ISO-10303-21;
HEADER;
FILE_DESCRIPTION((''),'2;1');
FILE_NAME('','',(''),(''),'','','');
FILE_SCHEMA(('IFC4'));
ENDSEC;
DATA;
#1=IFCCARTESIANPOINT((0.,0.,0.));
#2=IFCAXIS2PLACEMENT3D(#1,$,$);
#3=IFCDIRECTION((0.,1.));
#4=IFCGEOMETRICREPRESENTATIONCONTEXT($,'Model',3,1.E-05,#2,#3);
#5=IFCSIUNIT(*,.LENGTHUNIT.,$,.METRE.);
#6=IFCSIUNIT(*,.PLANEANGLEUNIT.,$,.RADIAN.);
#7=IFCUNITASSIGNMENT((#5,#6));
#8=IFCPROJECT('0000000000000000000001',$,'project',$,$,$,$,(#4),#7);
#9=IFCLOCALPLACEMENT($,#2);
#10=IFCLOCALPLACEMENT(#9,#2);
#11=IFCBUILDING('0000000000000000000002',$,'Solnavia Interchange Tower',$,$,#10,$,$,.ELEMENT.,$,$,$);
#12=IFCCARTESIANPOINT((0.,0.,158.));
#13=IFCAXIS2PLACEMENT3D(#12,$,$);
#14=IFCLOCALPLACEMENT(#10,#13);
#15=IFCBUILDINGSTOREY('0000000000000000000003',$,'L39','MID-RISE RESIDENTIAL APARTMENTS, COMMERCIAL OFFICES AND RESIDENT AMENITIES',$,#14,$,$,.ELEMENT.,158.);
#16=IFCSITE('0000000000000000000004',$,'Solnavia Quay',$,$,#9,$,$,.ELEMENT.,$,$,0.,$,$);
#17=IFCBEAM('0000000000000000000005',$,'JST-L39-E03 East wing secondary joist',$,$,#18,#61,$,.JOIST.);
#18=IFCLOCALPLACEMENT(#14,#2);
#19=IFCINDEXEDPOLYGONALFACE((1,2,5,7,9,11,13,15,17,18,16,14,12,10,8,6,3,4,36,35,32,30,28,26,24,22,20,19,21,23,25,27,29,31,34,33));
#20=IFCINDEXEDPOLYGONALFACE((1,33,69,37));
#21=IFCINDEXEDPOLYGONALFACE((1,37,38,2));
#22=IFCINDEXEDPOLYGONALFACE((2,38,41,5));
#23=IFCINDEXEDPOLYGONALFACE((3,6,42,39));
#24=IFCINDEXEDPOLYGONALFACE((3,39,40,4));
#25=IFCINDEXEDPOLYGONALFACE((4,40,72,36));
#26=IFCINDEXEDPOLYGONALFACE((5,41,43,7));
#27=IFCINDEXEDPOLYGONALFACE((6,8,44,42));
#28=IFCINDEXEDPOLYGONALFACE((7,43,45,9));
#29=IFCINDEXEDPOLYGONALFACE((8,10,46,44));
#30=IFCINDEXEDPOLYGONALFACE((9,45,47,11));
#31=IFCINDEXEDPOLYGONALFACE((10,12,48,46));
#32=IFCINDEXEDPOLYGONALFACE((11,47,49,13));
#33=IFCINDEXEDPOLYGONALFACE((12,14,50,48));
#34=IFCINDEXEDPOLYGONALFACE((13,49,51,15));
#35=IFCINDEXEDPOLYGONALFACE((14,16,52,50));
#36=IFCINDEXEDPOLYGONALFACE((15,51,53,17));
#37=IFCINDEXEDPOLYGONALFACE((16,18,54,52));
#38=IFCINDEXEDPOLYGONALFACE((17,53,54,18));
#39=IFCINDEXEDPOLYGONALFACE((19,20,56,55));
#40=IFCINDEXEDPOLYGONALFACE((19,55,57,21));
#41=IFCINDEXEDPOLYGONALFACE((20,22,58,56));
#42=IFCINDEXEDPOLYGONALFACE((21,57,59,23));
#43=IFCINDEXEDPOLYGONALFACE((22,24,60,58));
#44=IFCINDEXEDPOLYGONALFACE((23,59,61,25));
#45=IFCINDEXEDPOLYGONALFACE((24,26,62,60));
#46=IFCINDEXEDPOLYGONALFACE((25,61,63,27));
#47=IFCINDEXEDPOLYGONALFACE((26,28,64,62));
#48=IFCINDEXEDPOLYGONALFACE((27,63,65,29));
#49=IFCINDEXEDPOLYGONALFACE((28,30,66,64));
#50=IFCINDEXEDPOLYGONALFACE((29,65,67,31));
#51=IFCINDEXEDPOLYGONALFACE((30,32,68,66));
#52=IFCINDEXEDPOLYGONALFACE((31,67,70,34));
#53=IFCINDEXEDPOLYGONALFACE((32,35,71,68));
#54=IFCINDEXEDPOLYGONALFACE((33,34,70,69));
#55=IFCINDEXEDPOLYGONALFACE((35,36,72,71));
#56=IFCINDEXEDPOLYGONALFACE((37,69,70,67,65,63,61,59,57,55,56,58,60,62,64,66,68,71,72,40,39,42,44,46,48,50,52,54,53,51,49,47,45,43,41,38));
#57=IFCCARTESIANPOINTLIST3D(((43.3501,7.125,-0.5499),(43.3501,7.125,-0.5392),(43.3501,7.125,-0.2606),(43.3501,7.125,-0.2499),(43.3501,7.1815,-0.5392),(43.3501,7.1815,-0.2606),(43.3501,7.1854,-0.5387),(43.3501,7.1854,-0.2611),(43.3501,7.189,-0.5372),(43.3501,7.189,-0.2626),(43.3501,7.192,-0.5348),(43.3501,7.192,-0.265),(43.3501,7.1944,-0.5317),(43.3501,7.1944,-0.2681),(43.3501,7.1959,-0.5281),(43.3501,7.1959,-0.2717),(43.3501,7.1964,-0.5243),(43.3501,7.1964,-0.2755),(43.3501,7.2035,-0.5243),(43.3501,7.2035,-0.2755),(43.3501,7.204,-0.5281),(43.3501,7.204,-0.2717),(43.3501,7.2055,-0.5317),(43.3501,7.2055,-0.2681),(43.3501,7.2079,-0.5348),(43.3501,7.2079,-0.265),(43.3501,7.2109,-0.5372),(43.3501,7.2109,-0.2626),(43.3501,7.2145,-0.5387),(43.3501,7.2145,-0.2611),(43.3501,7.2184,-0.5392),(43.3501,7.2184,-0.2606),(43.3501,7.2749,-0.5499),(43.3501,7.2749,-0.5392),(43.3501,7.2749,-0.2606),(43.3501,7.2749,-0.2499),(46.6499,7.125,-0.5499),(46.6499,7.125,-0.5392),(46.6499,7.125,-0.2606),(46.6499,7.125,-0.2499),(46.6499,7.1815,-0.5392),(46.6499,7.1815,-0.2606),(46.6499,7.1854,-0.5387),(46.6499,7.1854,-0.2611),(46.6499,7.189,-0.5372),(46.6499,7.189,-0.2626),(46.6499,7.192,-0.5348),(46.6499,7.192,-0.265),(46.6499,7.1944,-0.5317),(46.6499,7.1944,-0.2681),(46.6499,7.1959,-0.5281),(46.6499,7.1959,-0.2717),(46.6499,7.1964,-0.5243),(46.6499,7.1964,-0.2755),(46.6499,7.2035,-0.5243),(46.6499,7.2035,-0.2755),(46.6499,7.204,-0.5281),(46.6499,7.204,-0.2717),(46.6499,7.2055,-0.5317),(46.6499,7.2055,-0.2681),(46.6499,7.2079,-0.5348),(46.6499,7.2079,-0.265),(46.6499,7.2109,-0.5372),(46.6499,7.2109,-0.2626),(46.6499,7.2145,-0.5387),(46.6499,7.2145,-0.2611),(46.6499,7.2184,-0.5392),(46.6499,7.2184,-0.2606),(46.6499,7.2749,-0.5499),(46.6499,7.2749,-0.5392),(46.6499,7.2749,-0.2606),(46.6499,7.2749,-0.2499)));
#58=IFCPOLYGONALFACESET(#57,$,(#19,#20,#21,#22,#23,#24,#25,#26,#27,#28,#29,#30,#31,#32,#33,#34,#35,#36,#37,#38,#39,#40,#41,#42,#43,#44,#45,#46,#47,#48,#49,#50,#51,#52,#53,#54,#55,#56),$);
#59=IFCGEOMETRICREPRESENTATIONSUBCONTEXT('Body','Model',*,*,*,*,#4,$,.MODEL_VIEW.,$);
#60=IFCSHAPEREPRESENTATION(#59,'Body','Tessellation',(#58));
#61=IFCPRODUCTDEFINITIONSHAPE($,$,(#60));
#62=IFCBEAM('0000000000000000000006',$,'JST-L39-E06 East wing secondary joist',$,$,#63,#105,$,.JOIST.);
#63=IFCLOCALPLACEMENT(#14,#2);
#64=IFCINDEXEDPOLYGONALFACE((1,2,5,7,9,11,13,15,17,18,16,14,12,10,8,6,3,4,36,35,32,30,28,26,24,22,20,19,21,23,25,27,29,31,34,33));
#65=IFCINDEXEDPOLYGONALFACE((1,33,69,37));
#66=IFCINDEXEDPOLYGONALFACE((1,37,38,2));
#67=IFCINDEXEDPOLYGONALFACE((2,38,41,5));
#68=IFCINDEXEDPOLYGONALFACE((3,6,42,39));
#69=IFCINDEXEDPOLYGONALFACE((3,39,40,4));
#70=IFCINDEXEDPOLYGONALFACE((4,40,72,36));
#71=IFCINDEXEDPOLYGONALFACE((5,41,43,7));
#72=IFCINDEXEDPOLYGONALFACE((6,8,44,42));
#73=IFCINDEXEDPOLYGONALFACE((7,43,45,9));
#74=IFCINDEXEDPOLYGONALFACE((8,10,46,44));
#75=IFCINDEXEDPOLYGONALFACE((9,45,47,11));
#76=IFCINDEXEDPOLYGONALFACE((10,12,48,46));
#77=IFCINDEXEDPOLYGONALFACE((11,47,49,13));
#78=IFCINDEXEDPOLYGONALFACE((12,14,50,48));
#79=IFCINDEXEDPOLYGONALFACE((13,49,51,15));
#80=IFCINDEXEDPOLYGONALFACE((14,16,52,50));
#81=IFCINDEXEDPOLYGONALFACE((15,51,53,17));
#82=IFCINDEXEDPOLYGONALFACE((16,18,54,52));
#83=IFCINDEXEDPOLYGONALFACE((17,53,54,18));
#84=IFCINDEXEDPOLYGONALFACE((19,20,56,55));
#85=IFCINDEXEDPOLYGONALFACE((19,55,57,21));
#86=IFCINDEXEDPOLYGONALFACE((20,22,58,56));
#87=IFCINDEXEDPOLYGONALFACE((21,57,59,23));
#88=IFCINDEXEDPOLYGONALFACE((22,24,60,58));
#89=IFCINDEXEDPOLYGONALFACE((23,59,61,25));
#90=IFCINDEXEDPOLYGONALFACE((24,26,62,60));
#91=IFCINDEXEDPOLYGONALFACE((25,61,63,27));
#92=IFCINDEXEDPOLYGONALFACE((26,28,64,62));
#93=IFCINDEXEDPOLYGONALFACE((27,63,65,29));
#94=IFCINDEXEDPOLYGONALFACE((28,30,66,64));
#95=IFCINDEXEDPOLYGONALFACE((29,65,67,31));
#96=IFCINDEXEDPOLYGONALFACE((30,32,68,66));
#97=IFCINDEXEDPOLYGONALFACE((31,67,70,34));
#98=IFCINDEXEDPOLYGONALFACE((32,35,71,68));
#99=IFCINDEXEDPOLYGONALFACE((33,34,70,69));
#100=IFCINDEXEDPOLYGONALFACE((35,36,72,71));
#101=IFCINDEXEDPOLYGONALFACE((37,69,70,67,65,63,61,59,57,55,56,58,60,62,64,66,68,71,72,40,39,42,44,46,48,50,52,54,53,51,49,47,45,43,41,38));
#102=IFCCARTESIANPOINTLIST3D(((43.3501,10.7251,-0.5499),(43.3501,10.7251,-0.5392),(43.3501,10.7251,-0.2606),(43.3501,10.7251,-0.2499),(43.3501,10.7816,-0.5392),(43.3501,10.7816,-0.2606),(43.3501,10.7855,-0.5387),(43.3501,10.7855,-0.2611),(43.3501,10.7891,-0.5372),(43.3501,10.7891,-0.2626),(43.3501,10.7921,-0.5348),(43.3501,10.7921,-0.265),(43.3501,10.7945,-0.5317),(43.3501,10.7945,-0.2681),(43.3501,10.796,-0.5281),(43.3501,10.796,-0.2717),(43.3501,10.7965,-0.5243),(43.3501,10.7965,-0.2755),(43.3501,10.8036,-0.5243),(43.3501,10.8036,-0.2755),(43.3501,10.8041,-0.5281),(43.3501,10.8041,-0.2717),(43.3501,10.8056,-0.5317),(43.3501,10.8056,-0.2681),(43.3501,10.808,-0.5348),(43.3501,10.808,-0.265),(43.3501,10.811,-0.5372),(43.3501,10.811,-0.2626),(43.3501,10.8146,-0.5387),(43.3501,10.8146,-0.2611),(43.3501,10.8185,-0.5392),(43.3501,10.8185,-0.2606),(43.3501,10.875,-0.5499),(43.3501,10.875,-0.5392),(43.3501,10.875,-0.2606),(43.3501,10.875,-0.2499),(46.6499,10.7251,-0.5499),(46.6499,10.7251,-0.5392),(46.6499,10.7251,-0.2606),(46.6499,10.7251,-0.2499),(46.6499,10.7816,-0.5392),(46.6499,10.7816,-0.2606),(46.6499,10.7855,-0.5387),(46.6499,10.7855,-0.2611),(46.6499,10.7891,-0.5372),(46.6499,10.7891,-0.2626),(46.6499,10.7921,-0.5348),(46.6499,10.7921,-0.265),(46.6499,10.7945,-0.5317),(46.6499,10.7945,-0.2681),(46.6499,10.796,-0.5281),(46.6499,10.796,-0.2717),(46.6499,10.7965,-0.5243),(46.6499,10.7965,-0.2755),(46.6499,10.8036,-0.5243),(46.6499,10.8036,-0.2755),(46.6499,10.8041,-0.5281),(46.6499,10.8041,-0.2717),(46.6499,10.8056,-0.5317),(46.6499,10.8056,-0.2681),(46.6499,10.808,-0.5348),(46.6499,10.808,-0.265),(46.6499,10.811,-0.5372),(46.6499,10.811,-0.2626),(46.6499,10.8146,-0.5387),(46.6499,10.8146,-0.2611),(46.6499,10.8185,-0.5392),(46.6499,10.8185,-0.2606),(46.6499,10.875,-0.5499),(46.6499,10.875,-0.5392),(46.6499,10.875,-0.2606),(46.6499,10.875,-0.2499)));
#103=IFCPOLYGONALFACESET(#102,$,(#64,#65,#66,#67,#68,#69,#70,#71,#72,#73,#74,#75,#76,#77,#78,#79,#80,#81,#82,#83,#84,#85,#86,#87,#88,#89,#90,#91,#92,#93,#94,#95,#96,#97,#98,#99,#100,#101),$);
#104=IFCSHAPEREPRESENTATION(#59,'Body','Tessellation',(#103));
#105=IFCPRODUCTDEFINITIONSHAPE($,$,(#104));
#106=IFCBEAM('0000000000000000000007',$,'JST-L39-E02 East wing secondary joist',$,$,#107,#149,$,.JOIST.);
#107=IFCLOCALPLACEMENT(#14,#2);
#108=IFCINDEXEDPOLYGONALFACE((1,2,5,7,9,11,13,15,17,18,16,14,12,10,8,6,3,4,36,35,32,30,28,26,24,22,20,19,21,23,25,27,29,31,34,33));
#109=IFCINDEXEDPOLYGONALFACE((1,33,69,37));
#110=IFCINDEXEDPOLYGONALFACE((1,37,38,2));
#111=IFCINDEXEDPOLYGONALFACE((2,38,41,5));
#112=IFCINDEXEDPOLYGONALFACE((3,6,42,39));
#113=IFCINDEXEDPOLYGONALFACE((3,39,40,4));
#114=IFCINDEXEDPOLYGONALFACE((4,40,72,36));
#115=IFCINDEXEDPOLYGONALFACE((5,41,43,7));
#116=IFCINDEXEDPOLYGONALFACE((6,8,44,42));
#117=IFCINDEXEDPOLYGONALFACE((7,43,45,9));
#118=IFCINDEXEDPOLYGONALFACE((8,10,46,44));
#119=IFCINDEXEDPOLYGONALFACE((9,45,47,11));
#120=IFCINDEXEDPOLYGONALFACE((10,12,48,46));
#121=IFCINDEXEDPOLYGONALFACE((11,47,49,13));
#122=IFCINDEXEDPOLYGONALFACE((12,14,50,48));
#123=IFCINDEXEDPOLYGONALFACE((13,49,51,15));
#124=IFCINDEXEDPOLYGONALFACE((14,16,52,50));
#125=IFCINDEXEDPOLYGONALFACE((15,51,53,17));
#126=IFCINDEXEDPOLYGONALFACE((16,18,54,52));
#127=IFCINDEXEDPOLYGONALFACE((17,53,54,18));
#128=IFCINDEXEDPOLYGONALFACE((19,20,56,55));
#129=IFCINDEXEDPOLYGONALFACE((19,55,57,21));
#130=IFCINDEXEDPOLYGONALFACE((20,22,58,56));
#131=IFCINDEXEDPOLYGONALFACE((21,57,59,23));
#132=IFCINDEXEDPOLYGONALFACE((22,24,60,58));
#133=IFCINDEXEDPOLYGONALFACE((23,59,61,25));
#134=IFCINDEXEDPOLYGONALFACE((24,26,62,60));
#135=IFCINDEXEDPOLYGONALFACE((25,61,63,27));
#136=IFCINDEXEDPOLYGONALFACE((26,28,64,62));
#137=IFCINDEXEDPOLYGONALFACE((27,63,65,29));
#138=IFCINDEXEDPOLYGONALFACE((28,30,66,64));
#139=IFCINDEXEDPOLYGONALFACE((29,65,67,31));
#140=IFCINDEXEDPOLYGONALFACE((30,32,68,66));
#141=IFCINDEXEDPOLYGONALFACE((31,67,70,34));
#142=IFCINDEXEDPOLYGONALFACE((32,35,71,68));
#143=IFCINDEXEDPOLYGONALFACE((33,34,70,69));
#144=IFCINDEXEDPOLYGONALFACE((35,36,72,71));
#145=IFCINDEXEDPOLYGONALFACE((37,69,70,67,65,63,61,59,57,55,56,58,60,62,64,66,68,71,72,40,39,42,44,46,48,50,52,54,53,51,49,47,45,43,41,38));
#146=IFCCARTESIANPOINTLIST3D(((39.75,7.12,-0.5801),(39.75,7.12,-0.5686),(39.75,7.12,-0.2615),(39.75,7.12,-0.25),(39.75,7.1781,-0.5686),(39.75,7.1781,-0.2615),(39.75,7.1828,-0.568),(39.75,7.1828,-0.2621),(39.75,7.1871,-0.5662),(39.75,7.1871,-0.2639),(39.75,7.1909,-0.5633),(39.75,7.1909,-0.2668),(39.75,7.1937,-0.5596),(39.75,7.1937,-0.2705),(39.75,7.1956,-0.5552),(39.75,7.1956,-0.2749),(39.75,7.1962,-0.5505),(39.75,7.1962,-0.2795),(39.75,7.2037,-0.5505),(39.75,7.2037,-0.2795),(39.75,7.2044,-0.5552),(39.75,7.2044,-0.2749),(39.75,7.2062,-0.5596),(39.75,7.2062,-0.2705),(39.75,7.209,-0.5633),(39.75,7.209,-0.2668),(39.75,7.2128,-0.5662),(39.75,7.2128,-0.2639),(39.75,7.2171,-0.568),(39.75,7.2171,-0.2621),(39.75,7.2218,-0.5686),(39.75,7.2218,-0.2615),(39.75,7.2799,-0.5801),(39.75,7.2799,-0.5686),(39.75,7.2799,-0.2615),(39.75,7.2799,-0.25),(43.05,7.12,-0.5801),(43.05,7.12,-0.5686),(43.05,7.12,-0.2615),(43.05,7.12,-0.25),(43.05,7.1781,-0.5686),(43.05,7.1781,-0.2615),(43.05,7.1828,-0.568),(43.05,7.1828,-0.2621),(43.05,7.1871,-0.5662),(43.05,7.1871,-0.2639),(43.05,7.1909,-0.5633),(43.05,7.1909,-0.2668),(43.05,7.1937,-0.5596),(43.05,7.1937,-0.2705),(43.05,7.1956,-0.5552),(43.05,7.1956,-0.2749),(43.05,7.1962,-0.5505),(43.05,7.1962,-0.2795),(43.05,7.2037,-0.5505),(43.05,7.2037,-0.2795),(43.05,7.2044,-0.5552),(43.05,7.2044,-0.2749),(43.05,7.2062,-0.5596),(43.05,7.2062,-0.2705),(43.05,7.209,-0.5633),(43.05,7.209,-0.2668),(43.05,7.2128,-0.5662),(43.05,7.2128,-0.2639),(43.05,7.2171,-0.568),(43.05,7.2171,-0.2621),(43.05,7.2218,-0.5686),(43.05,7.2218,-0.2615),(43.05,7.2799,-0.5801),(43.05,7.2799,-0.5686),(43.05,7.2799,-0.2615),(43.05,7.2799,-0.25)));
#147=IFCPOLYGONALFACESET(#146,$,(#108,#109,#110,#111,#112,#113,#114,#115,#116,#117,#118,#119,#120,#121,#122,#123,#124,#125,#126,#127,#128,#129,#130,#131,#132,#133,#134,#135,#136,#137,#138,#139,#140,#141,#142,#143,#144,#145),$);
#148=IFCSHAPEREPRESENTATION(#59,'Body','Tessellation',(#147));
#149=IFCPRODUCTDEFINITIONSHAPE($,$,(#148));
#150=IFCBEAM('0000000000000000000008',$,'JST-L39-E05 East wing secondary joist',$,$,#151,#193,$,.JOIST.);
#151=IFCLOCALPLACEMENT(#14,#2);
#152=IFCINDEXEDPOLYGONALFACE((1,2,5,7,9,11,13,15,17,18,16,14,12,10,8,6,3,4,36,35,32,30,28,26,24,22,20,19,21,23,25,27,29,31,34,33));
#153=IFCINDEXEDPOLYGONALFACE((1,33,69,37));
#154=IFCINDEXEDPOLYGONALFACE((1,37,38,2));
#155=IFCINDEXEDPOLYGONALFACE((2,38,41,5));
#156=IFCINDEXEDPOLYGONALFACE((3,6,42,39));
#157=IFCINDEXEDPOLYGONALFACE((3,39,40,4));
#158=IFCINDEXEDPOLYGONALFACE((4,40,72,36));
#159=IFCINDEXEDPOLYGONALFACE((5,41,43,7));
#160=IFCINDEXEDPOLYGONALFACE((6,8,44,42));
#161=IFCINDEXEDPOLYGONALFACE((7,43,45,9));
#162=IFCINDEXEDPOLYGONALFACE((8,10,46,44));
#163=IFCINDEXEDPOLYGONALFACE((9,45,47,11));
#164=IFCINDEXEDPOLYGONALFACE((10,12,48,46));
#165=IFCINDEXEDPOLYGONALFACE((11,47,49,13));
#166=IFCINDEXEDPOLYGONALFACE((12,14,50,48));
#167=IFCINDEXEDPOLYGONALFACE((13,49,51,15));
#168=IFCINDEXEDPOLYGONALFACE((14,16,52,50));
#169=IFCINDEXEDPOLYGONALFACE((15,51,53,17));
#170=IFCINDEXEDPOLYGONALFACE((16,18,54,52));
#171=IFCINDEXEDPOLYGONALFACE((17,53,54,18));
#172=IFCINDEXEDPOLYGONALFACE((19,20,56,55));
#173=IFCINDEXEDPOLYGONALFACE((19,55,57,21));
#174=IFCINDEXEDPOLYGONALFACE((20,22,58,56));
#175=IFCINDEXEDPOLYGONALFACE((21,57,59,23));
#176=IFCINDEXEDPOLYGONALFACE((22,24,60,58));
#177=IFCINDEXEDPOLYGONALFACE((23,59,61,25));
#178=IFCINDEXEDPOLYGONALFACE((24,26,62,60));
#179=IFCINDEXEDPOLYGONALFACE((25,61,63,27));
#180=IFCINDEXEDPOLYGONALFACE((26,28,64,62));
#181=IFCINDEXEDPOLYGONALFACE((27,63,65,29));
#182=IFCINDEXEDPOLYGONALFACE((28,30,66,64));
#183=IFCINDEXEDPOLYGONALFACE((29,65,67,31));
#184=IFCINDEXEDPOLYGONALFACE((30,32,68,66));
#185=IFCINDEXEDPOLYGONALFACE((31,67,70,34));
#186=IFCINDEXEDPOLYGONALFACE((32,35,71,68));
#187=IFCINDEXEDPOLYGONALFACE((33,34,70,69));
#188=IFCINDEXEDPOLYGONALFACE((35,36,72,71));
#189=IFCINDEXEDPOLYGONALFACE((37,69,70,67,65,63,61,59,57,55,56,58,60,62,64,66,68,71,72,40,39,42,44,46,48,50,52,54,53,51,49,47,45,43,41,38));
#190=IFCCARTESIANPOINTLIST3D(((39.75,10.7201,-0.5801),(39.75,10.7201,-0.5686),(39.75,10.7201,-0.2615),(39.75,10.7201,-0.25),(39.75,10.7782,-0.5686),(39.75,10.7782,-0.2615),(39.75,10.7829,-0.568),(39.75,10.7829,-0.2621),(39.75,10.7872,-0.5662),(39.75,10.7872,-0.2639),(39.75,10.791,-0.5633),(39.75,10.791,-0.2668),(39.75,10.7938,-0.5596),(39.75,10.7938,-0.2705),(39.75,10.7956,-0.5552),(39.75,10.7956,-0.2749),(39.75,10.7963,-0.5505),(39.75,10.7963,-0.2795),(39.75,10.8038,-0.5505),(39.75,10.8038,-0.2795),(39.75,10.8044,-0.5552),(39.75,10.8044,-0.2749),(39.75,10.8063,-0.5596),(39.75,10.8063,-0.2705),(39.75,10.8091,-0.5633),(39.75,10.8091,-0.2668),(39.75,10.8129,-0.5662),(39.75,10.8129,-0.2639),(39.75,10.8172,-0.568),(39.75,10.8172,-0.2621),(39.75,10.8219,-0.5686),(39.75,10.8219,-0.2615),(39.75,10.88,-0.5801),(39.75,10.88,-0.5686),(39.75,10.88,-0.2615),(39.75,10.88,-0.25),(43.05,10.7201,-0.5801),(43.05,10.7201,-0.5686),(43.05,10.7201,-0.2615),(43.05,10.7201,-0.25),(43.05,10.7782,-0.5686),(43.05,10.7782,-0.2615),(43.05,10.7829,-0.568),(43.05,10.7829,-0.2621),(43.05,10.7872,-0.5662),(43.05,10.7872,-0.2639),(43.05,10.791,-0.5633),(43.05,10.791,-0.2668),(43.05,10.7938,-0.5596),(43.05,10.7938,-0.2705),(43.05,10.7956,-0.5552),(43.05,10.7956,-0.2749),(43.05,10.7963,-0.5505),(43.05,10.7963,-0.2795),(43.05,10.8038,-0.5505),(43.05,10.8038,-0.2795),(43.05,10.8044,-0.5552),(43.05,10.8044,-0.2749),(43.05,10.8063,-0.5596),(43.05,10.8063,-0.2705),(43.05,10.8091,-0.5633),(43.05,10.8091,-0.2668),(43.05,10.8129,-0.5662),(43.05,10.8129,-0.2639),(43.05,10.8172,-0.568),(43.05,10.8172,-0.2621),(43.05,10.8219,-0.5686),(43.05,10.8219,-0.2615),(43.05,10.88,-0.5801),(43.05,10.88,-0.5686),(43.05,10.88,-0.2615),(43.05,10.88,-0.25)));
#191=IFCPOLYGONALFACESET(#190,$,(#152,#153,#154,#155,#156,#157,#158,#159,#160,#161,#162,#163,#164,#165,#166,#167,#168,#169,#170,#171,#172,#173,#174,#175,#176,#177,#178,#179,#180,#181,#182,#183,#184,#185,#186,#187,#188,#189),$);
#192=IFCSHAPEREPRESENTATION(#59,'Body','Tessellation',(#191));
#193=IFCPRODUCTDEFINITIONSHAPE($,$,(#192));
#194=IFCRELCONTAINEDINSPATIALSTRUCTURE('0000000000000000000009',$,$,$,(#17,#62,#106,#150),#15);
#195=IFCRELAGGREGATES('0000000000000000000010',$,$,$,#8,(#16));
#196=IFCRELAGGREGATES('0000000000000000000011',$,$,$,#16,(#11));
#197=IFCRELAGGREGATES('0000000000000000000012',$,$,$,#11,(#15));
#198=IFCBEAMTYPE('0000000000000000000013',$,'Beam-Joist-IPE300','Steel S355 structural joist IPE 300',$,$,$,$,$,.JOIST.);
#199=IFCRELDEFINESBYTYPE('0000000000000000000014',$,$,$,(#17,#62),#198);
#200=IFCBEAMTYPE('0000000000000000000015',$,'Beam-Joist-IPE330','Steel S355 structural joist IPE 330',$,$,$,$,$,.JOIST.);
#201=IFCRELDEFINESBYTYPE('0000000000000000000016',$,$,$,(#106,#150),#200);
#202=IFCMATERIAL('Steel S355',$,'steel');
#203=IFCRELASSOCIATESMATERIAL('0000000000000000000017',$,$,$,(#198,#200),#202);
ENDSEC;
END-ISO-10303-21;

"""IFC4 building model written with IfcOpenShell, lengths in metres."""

from ifc_helpers import new_model, si_unit, direction, frame, origin, origin_2d, place, context, subcontext, project, spatial, i_section, extrude, material, material_profile, profile_set, type_object, element, save


model = new_model("IFC4")

# Units and contexts
model_context = context("Model", 3, precision=1e-05, world=origin(), true_north=direction((0.0, 1.0)))
body_context = subcontext(model_context, "Body", "Model", "MODEL_VIEW")
ifc_project = project(units=[si_unit("LENGTHUNIT", "METRE"), si_unit("PLANEANGLEUNIT", "RADIAN")], contexts=[model_context])

# Site, building, storey
site_placement = place(None, origin())
site = spatial("IfcSite", under=ifc_project, at=site_placement, Name="Solnavia Quay", CompositionType="ELEMENT", RefElevation=0.0)
building_placement = place(site_placement, origin())
building = spatial("IfcBuilding", under=site, at=building_placement, Name="Solnavia Interchange Tower", CompositionType="ELEMENT")
storey_placement = place(building_placement, frame((0.0, 0.0, 158.0)))
storey = spatial("IfcBuildingStorey", under=building, at=storey_placement, Name="L39", Description="MID-RISE RESIDENTIAL APARTMENTS, COMMERCIAL OFFICES AND RESIDENT AMENITIES", CompositionType="ELEMENT", Elevation=158.0)

# Shared definitions
ifc_material_1 = material(Name="Steel S355", Category="steel")

# Beams
ifc_material_profile_1 = material_profile(ifc_material_1, i_section(OverallWidth=0.1499, OverallDepth=0.3, WebThickness=0.0071, FlangeThickness=0.0107, FilletRadius=0.0149, at=origin_2d()), Name="IPE 300")
ifc_profile_set_1 = profile_set([ifc_material_profile_1], Name="Steel S355")
beam_type_1 = type_object("IfcBeamType", Name="Beam-Joist-IPE300", Description="Steel S355 structural joist IPE 300", PredefinedType="JOIST", material=ifc_profile_set_1)
for number, where, z_axis, x_axis, name in (
    (1, (43.3501, 7.2, -0.3999), (1.0, 0.0, 0.0), (0.0, 1.0, 0.0), "JST-L39-E03 East wing secondary joist"),
    (2, (43.3501, 10.8, -0.3999), (1.0, 0.0, 0.0), (0.0, 1.0, 0.0), "JST-L39-E06 East wing secondary joist"),
):
    element("IfcBeam", number, at=place(storey_placement, frame(where, z_axis=z_axis, x_axis=x_axis)), inside=storey, type_object=beam_type_1, Name=name, PredefinedType="JOIST", context=body_context, shape_type="SweptSolid", body=[
        extrude(i_section(OverallWidth=0.1499, OverallDepth=0.3, WebThickness=0.0071, FlangeThickness=0.0107, FilletRadius=0.0149, at=origin_2d()), origin(), (0.0, 0.0, 1.0), 3.2998),
    ])
ifc_material_profile_2 = material_profile(ifc_material_1, i_section(OverallWidth=0.1599, OverallDepth=0.3301, WebThickness=0.0076, FlangeThickness=0.0115, FilletRadius=0.0181, at=origin_2d()), Name="IPE 330")
ifc_profile_set_2 = profile_set([ifc_material_profile_2], Name="Steel S355")
beam_type_2 = type_object("IfcBeamType", Name="Beam-Joist-IPE330", Description="Steel S355 structural joist IPE 330", PredefinedType="JOIST", material=ifc_profile_set_2)
for number, where, z_axis, x_axis, name in (
    (3, (39.75, 7.2, -0.415), (1.0, 0.0, 0.0), (0.0, 1.0, 0.0), "JST-L39-E02 East wing secondary joist"),
    (4, (39.75, 10.8, -0.415), (1.0, 0.0, 0.0), (0.0, 1.0, 0.0), "JST-L39-E05 East wing secondary joist"),
):
    element("IfcBeam", number, at=place(storey_placement, frame(where, z_axis=z_axis, x_axis=x_axis)), inside=storey, type_object=beam_type_2, Name=name, PredefinedType="JOIST", context=body_context, shape_type="SweptSolid", body=[
        extrude(i_section(OverallWidth=0.1599, OverallDepth=0.3301, WebThickness=0.0076, FlangeThickness=0.0115, FilletRadius=0.0181, at=origin_2d()), origin(), (0.0, 0.0, 1.0), 3.3),
    ])

save(model, "model.ifc")
